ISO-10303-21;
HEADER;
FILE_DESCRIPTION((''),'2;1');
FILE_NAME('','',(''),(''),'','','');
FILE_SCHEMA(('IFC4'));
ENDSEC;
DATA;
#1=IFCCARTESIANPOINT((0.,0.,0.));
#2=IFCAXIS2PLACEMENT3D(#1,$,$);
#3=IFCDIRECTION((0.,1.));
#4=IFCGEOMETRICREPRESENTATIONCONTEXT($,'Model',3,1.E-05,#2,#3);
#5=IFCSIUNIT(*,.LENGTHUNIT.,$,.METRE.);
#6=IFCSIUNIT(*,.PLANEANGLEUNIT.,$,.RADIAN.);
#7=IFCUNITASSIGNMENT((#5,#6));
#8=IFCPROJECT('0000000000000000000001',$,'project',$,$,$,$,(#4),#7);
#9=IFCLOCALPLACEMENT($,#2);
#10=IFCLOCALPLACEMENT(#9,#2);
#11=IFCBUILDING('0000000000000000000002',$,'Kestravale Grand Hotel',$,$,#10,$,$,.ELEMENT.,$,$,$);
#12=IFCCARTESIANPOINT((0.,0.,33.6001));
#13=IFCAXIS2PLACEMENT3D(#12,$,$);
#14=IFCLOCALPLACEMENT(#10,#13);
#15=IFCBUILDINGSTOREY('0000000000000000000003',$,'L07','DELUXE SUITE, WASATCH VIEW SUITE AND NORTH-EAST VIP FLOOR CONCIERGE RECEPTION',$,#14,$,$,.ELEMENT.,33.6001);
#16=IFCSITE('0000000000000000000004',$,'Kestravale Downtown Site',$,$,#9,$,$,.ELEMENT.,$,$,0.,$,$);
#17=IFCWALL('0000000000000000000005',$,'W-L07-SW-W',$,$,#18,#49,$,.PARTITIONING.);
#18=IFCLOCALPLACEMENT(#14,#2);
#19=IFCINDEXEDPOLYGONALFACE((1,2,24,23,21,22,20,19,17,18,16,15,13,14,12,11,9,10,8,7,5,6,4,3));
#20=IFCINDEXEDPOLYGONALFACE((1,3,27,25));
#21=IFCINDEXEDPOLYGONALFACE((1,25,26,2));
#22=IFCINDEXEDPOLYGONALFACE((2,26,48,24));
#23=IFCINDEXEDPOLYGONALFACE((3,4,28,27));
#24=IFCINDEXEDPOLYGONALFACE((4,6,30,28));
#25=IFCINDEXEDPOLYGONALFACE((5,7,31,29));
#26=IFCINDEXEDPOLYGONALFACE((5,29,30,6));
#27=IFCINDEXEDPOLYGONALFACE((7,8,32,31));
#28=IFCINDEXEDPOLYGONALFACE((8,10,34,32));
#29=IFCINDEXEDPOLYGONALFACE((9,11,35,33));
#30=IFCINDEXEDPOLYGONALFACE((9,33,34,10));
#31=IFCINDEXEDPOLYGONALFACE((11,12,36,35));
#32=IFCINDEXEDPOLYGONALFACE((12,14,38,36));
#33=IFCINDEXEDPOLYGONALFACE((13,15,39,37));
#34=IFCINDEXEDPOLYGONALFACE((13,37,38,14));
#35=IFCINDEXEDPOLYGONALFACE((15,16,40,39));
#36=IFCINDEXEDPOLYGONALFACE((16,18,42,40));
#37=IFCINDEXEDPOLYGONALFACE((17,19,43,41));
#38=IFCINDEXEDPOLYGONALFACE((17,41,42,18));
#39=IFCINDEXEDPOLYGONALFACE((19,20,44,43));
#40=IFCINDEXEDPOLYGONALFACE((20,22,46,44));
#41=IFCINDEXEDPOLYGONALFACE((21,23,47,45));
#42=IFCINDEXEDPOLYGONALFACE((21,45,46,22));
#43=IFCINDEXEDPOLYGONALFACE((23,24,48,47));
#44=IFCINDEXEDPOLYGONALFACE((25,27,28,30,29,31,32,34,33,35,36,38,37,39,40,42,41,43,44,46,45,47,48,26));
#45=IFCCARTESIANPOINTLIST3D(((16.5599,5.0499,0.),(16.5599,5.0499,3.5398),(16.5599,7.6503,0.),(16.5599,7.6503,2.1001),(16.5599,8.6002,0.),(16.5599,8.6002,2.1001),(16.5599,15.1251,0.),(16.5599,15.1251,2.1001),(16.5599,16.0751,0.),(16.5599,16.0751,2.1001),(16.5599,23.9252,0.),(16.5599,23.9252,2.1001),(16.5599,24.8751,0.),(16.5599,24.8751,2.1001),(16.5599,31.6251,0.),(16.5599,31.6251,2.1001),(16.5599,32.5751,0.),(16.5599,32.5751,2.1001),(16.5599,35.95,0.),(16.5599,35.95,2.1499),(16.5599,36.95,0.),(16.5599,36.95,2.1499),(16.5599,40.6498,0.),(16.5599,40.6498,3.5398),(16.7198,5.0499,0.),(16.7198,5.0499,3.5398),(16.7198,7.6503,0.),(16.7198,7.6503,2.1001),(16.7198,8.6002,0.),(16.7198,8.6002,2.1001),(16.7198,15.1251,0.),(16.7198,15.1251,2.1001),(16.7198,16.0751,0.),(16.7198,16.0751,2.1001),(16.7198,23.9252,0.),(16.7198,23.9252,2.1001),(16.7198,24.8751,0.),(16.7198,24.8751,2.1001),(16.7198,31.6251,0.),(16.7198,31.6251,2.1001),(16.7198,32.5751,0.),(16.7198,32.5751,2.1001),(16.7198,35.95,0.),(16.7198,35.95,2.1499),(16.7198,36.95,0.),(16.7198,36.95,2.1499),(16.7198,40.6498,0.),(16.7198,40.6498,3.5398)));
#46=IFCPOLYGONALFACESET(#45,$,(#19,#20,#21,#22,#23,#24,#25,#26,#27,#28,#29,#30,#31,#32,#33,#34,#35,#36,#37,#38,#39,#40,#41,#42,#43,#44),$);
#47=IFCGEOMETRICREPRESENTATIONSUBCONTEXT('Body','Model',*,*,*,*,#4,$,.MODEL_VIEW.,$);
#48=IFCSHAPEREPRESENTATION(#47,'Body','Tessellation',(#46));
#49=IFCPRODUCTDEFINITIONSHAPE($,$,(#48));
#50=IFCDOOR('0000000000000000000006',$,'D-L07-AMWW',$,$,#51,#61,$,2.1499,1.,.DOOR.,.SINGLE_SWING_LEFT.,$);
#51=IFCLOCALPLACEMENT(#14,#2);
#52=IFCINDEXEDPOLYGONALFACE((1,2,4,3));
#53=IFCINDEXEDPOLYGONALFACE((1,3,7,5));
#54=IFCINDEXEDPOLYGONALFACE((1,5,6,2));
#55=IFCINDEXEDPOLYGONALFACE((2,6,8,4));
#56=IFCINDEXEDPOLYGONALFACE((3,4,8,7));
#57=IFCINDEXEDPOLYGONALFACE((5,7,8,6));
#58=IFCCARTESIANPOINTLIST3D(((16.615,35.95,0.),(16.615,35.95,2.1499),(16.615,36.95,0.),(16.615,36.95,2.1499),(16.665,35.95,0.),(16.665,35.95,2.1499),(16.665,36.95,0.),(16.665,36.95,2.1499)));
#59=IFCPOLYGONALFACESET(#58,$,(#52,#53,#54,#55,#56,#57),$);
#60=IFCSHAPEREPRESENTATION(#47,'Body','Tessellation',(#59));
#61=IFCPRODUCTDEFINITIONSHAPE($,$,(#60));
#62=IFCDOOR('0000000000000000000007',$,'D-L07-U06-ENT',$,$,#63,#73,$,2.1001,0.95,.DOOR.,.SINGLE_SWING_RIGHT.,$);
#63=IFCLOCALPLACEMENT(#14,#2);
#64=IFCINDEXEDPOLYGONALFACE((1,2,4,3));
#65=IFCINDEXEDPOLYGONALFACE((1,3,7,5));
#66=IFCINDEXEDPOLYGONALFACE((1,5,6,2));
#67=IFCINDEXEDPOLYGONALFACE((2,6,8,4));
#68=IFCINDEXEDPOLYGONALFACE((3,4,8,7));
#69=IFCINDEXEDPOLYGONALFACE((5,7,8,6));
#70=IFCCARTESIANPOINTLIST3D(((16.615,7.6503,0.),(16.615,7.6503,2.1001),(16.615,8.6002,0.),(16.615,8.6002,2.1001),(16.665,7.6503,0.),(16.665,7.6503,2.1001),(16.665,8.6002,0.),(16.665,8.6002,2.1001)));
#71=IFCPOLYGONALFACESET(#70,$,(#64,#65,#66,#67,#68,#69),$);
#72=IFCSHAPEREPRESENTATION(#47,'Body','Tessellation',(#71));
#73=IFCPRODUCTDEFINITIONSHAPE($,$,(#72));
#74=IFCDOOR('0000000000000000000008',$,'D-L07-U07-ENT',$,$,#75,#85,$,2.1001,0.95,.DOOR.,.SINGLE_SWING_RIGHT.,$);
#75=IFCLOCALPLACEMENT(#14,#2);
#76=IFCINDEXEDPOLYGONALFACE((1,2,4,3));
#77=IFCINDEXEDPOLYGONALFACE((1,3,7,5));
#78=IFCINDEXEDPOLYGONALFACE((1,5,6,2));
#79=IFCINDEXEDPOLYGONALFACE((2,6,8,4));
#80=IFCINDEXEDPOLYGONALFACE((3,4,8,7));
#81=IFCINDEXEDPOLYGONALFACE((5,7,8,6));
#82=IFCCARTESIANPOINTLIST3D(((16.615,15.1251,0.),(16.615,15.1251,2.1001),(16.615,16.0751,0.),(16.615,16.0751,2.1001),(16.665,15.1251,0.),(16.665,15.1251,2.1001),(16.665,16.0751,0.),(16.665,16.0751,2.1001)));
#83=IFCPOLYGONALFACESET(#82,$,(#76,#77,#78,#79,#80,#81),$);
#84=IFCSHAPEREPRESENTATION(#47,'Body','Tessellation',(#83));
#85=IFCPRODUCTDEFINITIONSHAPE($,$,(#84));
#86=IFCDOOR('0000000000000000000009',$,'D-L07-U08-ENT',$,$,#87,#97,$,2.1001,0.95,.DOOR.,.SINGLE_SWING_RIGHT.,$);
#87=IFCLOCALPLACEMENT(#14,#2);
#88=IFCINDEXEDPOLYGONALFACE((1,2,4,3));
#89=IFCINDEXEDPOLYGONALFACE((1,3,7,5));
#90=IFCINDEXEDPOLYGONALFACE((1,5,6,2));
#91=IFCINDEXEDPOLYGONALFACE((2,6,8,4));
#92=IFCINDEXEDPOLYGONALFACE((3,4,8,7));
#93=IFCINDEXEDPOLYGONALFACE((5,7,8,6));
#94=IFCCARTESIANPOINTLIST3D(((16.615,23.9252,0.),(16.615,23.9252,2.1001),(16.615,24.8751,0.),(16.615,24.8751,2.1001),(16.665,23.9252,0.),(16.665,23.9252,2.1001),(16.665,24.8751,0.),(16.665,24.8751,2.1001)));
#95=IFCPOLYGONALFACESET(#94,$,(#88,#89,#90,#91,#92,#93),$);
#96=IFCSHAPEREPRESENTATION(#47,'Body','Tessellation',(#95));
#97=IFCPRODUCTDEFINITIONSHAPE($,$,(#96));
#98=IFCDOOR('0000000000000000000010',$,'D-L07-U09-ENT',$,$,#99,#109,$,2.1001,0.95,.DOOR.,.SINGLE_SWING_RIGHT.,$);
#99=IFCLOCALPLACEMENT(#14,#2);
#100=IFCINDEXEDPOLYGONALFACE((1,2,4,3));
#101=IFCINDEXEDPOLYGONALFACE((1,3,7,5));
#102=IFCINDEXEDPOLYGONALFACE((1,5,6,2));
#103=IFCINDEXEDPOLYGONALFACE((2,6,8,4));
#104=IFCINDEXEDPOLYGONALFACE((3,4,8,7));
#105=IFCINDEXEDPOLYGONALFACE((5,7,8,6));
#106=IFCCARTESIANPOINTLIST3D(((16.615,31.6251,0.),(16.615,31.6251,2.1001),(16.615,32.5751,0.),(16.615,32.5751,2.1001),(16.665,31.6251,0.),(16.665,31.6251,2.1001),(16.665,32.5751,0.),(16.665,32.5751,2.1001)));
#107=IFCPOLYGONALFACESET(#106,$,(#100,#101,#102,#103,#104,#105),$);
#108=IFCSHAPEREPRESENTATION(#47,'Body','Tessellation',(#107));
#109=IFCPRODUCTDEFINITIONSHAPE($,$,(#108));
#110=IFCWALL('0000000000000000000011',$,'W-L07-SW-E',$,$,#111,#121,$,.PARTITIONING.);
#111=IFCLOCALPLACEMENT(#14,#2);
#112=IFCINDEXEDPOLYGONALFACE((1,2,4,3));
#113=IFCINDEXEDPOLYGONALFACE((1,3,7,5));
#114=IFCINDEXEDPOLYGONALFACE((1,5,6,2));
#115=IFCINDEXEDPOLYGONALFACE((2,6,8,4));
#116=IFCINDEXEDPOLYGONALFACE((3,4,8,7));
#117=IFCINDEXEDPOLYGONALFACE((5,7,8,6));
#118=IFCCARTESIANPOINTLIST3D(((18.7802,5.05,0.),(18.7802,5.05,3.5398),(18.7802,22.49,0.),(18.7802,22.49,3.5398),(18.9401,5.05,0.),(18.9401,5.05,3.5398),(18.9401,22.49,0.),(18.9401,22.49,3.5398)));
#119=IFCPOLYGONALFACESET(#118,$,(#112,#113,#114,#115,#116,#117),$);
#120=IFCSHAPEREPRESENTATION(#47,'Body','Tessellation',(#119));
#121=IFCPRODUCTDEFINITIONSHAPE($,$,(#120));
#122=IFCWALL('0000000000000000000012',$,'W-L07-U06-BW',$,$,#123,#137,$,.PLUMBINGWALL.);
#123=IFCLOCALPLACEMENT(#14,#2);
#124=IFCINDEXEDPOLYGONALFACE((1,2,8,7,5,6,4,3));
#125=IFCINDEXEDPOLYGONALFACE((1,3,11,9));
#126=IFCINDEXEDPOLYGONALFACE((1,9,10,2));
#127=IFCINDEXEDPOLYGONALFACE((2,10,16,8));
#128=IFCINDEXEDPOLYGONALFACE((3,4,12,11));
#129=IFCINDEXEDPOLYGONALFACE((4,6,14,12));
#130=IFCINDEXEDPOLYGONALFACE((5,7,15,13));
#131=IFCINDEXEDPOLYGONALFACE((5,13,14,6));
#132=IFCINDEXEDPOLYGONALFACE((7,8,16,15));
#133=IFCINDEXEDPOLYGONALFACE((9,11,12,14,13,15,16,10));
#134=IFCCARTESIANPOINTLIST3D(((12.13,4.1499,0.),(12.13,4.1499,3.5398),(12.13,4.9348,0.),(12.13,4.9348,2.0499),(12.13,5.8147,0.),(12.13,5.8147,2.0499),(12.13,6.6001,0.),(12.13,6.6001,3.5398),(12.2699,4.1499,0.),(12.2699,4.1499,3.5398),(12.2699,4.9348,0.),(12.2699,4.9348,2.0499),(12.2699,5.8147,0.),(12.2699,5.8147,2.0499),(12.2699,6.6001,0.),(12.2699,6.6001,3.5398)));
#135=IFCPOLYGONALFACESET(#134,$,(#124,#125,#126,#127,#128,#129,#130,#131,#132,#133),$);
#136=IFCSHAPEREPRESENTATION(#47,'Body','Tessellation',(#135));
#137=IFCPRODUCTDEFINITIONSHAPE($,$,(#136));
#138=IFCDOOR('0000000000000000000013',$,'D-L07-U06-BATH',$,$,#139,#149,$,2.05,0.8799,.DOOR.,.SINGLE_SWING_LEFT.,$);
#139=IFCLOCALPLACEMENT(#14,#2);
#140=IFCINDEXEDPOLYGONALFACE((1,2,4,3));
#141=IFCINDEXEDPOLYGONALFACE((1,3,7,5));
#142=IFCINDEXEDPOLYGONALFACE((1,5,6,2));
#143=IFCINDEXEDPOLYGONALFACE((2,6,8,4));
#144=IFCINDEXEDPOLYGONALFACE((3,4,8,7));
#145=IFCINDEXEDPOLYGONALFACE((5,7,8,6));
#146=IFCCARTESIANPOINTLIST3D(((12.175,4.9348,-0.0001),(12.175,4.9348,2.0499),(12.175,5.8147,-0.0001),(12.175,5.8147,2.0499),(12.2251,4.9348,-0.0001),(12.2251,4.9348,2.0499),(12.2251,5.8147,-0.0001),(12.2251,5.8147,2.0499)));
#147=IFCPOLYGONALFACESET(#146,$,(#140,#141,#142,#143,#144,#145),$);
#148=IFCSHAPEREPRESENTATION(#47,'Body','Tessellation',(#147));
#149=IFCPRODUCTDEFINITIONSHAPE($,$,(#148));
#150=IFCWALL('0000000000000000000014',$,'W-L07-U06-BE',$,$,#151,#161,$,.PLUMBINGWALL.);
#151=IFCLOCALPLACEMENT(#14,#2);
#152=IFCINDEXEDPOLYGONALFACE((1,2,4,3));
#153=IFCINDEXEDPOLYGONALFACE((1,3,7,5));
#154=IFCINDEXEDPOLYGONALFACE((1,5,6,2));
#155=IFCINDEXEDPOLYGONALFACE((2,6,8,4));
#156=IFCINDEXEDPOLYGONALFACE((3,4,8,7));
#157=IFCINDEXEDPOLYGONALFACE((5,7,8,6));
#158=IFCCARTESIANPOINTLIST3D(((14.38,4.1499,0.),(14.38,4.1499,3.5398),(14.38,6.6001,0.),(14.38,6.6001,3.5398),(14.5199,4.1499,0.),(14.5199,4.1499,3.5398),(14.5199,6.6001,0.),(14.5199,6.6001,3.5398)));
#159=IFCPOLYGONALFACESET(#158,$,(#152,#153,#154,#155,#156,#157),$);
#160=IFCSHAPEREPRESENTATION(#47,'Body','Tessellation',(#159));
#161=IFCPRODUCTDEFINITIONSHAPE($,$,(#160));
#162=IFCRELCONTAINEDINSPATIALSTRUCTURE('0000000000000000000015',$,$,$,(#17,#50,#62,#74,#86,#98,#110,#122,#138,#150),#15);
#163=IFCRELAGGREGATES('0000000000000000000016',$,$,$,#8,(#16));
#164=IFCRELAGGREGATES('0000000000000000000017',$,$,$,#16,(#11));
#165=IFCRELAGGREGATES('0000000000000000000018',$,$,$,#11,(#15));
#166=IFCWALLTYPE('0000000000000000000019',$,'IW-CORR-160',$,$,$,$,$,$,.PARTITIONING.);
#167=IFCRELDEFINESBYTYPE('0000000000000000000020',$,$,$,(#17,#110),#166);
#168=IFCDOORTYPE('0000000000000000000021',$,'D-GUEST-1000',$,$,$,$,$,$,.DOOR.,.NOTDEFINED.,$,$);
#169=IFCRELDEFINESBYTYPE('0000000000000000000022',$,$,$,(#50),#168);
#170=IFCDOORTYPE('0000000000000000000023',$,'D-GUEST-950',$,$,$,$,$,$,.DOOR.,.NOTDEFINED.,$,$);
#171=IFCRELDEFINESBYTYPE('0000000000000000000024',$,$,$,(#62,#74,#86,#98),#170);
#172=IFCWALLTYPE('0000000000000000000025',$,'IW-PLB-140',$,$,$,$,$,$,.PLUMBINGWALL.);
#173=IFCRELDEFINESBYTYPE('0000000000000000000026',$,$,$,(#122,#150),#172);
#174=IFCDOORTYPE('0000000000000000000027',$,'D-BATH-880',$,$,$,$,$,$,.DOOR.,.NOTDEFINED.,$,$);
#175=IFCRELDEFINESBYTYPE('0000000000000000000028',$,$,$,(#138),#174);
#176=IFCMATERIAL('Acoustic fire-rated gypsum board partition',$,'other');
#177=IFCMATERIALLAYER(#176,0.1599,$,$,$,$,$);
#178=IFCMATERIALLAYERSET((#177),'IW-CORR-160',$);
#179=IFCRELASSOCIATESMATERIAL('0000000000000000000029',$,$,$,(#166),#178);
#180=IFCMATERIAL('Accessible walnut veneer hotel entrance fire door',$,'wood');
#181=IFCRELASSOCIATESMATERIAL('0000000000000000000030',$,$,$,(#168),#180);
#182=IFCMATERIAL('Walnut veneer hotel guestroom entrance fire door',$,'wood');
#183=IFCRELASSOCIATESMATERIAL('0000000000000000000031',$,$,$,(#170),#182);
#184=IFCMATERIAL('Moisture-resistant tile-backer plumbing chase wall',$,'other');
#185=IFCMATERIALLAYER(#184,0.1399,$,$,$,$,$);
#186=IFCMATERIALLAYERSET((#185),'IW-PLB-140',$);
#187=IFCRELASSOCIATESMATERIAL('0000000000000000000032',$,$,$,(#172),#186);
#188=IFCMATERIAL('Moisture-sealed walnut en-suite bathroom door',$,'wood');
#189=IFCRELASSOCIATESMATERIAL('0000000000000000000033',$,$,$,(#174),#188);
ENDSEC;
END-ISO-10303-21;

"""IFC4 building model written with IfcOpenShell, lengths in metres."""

from ifc_helpers import new_model, si_unit, direction, frame, frame_2d, origin, place, context, subcontext, project, spatial, rectangle, extrude, material, layer, layer_set, type_object, element, fill, save


model = new_model("IFC4")

# Units and contexts
model_context = context("Model", 3, precision=1e-05, world=origin(), true_north=direction((0.0, 1.0)))
body_context = subcontext(model_context, "Body", "Model", "MODEL_VIEW")
ifc_project = project(units=[si_unit("LENGTHUNIT", "METRE"), si_unit("PLANEANGLEUNIT", "RADIAN")], contexts=[model_context])

# Site, building, storey
site_placement = place(None, origin())
site = spatial("IfcSite", under=ifc_project, at=site_placement, Name="Kestravale Downtown Site", CompositionType="ELEMENT", RefElevation=0.0)
building_placement = place(site_placement, origin())
building = spatial("IfcBuilding", under=site, at=building_placement, Name="Kestravale Grand Hotel", CompositionType="ELEMENT")
storey_placement = place(building_placement, frame((0.0, 0.0, 33.6001)))
storey = spatial("IfcBuildingStorey", under=building, at=storey_placement, Name="L07", Description="DELUXE SUITE, WASATCH VIEW SUITE AND NORTH-EAST VIP FLOOR CONCIERGE RECEPTION", CompositionType="ELEMENT", Elevation=33.6001)

# Wall, openings, doors
ifc_material_1 = material(Name="Acoustic fire-rated gypsum board partition", Category="other")
ifc_layer_1 = layer(ifc_material_1, 0.1599)
ifc_layer_set_1 = layer_set([ifc_layer_1], Name="IW-CORR-160")
wall_type_1 = type_object("IfcWallType", Name="IW-CORR-160", PredefinedType="PARTITIONING", material=ifc_layer_set_1)
wall_1_placement = place(storey_placement, frame((16.6399, 5.05, 0.0), z_axis=(0.0, 0.0, 1.0), x_axis=(0.0, 1.0, 0.0)))
wall_1 = element("IfcWall", 1, at=wall_1_placement, inside=storey, type_object=wall_type_1, Name="W-L07-SW-W", PredefinedType="PARTITIONING", context=body_context, shape_type="SweptSolid", body=[
    extrude(rectangle(XDim=35.5999, YDim=0.1599, at=frame_2d((17.7998, 0.0))), origin(), (0.0, 0.0, 1.0), 3.5398),
])
opening_1_placement = place(wall_1_placement, frame((2.6001, 0.0, 0.0)))
opening_1 = element("IfcOpeningElement", 2, at=opening_1_placement, cuts=wall_1, PredefinedType="OPENING", context=body_context, shape_type="SweptSolid", body=[
    extrude(rectangle(XDim=0.95, YDim=2.1001, at=frame_2d((0.4751, 1.05))), frame((0.0, 0.0898, 0.0), z_axis=(0.0, -1.0, 0.0), x_axis=(1.0, 0.0, 0.0)), (0.0, 0.0, 1.0), 0.1799),
])
opening_2_placement = place(wall_1_placement, frame((10.075, 0.0, 0.0)))
opening_2 = element("IfcOpeningElement", 3, at=opening_2_placement, cuts=wall_1, PredefinedType="OPENING", context=body_context, shape_type="SweptSolid", body=[
    extrude(rectangle(XDim=0.95, YDim=2.1001, at=frame_2d((0.4751, 1.05))), frame((0.0, 0.0898, 0.0), z_axis=(0.0, -1.0, 0.0), x_axis=(1.0, 0.0, 0.0)), (0.0, 0.0, 1.0), 0.1799),
])
opening_3_placement = place(wall_1_placement, frame((18.875, 0.0, 0.0)))
opening_3 = element("IfcOpeningElement", 4, at=opening_3_placement, cuts=wall_1, PredefinedType="OPENING", context=body_context, shape_type="SweptSolid", body=[
    extrude(rectangle(XDim=0.95, YDim=2.1001, at=frame_2d((0.4751, 1.05))), frame((0.0, 0.0898, 0.0), z_axis=(0.0, -1.0, 0.0), x_axis=(1.0, 0.0, 0.0)), (0.0, 0.0, 1.0), 0.1799),
])
opening_4_placement = place(wall_1_placement, frame((26.575, 0.0, 0.0)))
opening_4 = element("IfcOpeningElement", 5, at=opening_4_placement, cuts=wall_1, PredefinedType="OPENING", context=body_context, shape_type="SweptSolid", body=[
    extrude(rectangle(XDim=0.95, YDim=2.1001, at=frame_2d((0.4751, 1.05))), frame((0.0, 0.0898, 0.0), z_axis=(0.0, -1.0, 0.0), x_axis=(1.0, 0.0, 0.0)), (0.0, 0.0, 1.0), 0.1799),
])
opening_5_placement = place(wall_1_placement, frame((30.8999, 0.0, 0.0)))
opening_5 = element("IfcOpeningElement", 6, at=opening_5_placement, cuts=wall_1, PredefinedType="OPENING", context=body_context, shape_type="SweptSolid", body=[
    extrude(rectangle(XDim=1.0, YDim=2.1499, at=frame_2d((0.5, 1.075))), frame((0.0, 0.0898, 0.0), z_axis=(0.0, -1.0, 0.0), x_axis=(1.0, 0.0, 0.0)), (0.0, 0.0, 1.0), 0.1799),
])
ifc_material_2 = material(Name="Accessible walnut veneer hotel entrance fire door", Category="wood")
door_type_1 = type_object("IfcDoorType", Name="D-GUEST-1000", OperationType="NOTDEFINED", PredefinedType="DOOR", material=ifc_material_2)
door_1_placement = place(opening_5_placement, origin())
door_1 = element("IfcDoor", 7, at=door_1_placement, inside=storey, type_object=door_type_1, Name="D-L07-AMWW", OperationType="SINGLE_SWING_LEFT", OverallHeight=2.1499, OverallWidth=1.0, PredefinedType="DOOR", context=body_context, shape_type="SweptSolid", body=[
    extrude(rectangle(XDim=1.0, YDim=2.1499, at=frame_2d((0.5, 1.075))), frame((0.0, 0.0249, 0.0), z_axis=(0.0, -1.0, 0.0), x_axis=(1.0, 0.0, 0.0)), (0.0, 0.0, 1.0), 0.05),
])
fill(opening_5, door_1)
ifc_material_3 = material(Name="Walnut veneer hotel guestroom entrance fire door", Category="wood")
door_type_2 = type_object("IfcDoorType", Name="D-GUEST-950", OperationType="NOTDEFINED", PredefinedType="DOOR", material=ifc_material_3)
door_2_placement = place(opening_1_placement, origin())
door_2 = element("IfcDoor", 8, at=door_2_placement, inside=storey, type_object=door_type_2, Name="D-L07-U06-ENT", OperationType="SINGLE_SWING_RIGHT", OverallHeight=2.1001, OverallWidth=0.95, PredefinedType="DOOR", context=body_context, shape_type="SweptSolid", body=[
    extrude(rectangle(XDim=0.95, YDim=2.1001, at=frame_2d((0.4751, 1.05))), frame((0.0, 0.0249, 0.0), z_axis=(0.0, -1.0, 0.0), x_axis=(1.0, 0.0, 0.0)), (0.0, 0.0, 1.0), 0.05),
])
fill(opening_1, door_2)
door_3_placement = place(opening_2_placement, origin())
door_3 = element("IfcDoor", 9, at=door_3_placement, inside=storey, type_object=door_type_2, Name="D-L07-U07-ENT", OperationType="SINGLE_SWING_RIGHT", OverallHeight=2.1001, OverallWidth=0.95, PredefinedType="DOOR", context=body_context, shape_type="SweptSolid", body=[
    extrude(rectangle(XDim=0.95, YDim=2.1001, at=frame_2d((0.4751, 1.05))), frame((0.0, 0.0249, 0.0), z_axis=(0.0, -1.0, 0.0), x_axis=(1.0, 0.0, 0.0)), (0.0, 0.0, 1.0), 0.05),
])
fill(opening_2, door_3)
door_4_placement = place(opening_3_placement, origin())
door_4 = element("IfcDoor", 10, at=door_4_placement, inside=storey, type_object=door_type_2, Name="D-L07-U08-ENT", OperationType="SINGLE_SWING_RIGHT", OverallHeight=2.1001, OverallWidth=0.95, PredefinedType="DOOR", context=body_context, shape_type="SweptSolid", body=[
    extrude(rectangle(XDim=0.95, YDim=2.1001, at=frame_2d((0.4751, 1.05))), frame((0.0, 0.0249, 0.0), z_axis=(0.0, -1.0, 0.0), x_axis=(1.0, 0.0, 0.0)), (0.0, 0.0, 1.0), 0.05),
])
fill(opening_3, door_4)
door_5_placement = place(opening_4_placement, origin())
door_5 = element("IfcDoor", 11, at=door_5_placement, inside=storey, type_object=door_type_2, Name="D-L07-U09-ENT", OperationType="SINGLE_SWING_RIGHT", OverallHeight=2.1001, OverallWidth=0.95, PredefinedType="DOOR", context=body_context, shape_type="SweptSolid", body=[
    extrude(rectangle(XDim=0.95, YDim=2.1001, at=frame_2d((0.4751, 1.05))), frame((0.0, 0.0249, 0.0), z_axis=(0.0, -1.0, 0.0), x_axis=(1.0, 0.0, 0.0)), (0.0, 0.0, 1.0), 0.05),
])
fill(opening_4, door_5)

# Wall
wall_2_placement = place(storey_placement, frame((18.8601, 5.05, 0.0), z_axis=(0.0, 0.0, 1.0), x_axis=(0.0, 1.0, 0.0)))
element("IfcWall", 12, at=wall_2_placement, inside=storey, type_object=wall_type_1, Name="W-L07-SW-E", PredefinedType="PARTITIONING", context=body_context, shape_type="SweptSolid", body=[
    extrude(rectangle(XDim=17.4399, YDim=0.1599, at=frame_2d((8.72, 0.0))), origin(), (0.0, 0.0, 1.0), 3.5398),
])

# Wall, opening, door
ifc_material_4 = material(Name="Moisture-resistant tile-backer plumbing chase wall", Category="other")
ifc_layer_2 = layer(ifc_material_4, 0.1399)
ifc_layer_set_2 = layer_set([ifc_layer_2], Name="IW-PLB-140")
wall_type_2 = type_object("IfcWallType", Name="IW-PLB-140", PredefinedType="PLUMBINGWALL", material=ifc_layer_set_2)
wall_3_placement = place(storey_placement, frame((12.2, 4.1499, 0.0), z_axis=(0.0, 0.0, 1.0), x_axis=(0.0, 1.0, 0.0)))
wall_3 = element("IfcWall", 13, at=wall_3_placement, inside=storey, type_object=wall_type_2, Name="W-L07-U06-BW", PredefinedType="PLUMBINGWALL", context=body_context, shape_type="SweptSolid", body=[
    extrude(rectangle(XDim=2.4502, YDim=0.1399, at=frame_2d((1.2251, 0.0))), origin(), (0.0, 0.0, 1.0), 3.5398),
])
opening_6_placement = place(wall_3_placement, frame((0.7849, 0.0, 0.0)))
opening_6 = element("IfcOpeningElement", 14, at=opening_6_placement, cuts=wall_3, PredefinedType="OPENING", context=body_context, shape_type="SweptSolid", body=[
    extrude(rectangle(XDim=0.8799, YDim=2.05, at=frame_2d((0.4399, 1.0249))), frame((0.0, 0.0798, 0.0), z_axis=(0.0, -1.0, 0.0), x_axis=(1.0, 0.0, 0.0)), (0.0, 0.0, 1.0), 0.1599),
])
ifc_material_5 = material(Name="Moisture-sealed walnut en-suite bathroom door", Category="wood")
door_type_3 = type_object("IfcDoorType", Name="D-BATH-880", OperationType="NOTDEFINED", PredefinedType="DOOR", material=ifc_material_5)
door_6_placement = place(opening_6_placement, origin())
door_6 = element("IfcDoor", 15, at=door_6_placement, inside=storey, type_object=door_type_3, Name="D-L07-U06-BATH", OperationType="SINGLE_SWING_LEFT", OverallHeight=2.05, OverallWidth=0.8799, PredefinedType="DOOR", context=body_context, shape_type="SweptSolid", body=[
    extrude(rectangle(XDim=0.8799, YDim=2.05, at=frame_2d((0.4399, 1.0249))), frame((0.0, 0.0249, 0.0), z_axis=(0.0, -1.0, 0.0), x_axis=(1.0, 0.0, 0.0)), (0.0, 0.0, 1.0), 0.05),
])
fill(opening_6, door_6)

# Wall
wall_4_placement = place(storey_placement, frame((14.45, 4.1499, 0.0), z_axis=(0.0, 0.0, 1.0), x_axis=(0.0, 1.0, 0.0)))
element("IfcWall", 16, at=wall_4_placement, inside=storey, type_object=wall_type_2, Name="W-L07-U06-BE", PredefinedType="PLUMBINGWALL", context=body_context, shape_type="SweptSolid", body=[
    extrude(rectangle(XDim=2.4502, YDim=0.1399, at=frame_2d((1.2251, 0.0))), origin(), (0.0, 0.0, 1.0), 3.5398),
])

save(model, "model.ifc")
